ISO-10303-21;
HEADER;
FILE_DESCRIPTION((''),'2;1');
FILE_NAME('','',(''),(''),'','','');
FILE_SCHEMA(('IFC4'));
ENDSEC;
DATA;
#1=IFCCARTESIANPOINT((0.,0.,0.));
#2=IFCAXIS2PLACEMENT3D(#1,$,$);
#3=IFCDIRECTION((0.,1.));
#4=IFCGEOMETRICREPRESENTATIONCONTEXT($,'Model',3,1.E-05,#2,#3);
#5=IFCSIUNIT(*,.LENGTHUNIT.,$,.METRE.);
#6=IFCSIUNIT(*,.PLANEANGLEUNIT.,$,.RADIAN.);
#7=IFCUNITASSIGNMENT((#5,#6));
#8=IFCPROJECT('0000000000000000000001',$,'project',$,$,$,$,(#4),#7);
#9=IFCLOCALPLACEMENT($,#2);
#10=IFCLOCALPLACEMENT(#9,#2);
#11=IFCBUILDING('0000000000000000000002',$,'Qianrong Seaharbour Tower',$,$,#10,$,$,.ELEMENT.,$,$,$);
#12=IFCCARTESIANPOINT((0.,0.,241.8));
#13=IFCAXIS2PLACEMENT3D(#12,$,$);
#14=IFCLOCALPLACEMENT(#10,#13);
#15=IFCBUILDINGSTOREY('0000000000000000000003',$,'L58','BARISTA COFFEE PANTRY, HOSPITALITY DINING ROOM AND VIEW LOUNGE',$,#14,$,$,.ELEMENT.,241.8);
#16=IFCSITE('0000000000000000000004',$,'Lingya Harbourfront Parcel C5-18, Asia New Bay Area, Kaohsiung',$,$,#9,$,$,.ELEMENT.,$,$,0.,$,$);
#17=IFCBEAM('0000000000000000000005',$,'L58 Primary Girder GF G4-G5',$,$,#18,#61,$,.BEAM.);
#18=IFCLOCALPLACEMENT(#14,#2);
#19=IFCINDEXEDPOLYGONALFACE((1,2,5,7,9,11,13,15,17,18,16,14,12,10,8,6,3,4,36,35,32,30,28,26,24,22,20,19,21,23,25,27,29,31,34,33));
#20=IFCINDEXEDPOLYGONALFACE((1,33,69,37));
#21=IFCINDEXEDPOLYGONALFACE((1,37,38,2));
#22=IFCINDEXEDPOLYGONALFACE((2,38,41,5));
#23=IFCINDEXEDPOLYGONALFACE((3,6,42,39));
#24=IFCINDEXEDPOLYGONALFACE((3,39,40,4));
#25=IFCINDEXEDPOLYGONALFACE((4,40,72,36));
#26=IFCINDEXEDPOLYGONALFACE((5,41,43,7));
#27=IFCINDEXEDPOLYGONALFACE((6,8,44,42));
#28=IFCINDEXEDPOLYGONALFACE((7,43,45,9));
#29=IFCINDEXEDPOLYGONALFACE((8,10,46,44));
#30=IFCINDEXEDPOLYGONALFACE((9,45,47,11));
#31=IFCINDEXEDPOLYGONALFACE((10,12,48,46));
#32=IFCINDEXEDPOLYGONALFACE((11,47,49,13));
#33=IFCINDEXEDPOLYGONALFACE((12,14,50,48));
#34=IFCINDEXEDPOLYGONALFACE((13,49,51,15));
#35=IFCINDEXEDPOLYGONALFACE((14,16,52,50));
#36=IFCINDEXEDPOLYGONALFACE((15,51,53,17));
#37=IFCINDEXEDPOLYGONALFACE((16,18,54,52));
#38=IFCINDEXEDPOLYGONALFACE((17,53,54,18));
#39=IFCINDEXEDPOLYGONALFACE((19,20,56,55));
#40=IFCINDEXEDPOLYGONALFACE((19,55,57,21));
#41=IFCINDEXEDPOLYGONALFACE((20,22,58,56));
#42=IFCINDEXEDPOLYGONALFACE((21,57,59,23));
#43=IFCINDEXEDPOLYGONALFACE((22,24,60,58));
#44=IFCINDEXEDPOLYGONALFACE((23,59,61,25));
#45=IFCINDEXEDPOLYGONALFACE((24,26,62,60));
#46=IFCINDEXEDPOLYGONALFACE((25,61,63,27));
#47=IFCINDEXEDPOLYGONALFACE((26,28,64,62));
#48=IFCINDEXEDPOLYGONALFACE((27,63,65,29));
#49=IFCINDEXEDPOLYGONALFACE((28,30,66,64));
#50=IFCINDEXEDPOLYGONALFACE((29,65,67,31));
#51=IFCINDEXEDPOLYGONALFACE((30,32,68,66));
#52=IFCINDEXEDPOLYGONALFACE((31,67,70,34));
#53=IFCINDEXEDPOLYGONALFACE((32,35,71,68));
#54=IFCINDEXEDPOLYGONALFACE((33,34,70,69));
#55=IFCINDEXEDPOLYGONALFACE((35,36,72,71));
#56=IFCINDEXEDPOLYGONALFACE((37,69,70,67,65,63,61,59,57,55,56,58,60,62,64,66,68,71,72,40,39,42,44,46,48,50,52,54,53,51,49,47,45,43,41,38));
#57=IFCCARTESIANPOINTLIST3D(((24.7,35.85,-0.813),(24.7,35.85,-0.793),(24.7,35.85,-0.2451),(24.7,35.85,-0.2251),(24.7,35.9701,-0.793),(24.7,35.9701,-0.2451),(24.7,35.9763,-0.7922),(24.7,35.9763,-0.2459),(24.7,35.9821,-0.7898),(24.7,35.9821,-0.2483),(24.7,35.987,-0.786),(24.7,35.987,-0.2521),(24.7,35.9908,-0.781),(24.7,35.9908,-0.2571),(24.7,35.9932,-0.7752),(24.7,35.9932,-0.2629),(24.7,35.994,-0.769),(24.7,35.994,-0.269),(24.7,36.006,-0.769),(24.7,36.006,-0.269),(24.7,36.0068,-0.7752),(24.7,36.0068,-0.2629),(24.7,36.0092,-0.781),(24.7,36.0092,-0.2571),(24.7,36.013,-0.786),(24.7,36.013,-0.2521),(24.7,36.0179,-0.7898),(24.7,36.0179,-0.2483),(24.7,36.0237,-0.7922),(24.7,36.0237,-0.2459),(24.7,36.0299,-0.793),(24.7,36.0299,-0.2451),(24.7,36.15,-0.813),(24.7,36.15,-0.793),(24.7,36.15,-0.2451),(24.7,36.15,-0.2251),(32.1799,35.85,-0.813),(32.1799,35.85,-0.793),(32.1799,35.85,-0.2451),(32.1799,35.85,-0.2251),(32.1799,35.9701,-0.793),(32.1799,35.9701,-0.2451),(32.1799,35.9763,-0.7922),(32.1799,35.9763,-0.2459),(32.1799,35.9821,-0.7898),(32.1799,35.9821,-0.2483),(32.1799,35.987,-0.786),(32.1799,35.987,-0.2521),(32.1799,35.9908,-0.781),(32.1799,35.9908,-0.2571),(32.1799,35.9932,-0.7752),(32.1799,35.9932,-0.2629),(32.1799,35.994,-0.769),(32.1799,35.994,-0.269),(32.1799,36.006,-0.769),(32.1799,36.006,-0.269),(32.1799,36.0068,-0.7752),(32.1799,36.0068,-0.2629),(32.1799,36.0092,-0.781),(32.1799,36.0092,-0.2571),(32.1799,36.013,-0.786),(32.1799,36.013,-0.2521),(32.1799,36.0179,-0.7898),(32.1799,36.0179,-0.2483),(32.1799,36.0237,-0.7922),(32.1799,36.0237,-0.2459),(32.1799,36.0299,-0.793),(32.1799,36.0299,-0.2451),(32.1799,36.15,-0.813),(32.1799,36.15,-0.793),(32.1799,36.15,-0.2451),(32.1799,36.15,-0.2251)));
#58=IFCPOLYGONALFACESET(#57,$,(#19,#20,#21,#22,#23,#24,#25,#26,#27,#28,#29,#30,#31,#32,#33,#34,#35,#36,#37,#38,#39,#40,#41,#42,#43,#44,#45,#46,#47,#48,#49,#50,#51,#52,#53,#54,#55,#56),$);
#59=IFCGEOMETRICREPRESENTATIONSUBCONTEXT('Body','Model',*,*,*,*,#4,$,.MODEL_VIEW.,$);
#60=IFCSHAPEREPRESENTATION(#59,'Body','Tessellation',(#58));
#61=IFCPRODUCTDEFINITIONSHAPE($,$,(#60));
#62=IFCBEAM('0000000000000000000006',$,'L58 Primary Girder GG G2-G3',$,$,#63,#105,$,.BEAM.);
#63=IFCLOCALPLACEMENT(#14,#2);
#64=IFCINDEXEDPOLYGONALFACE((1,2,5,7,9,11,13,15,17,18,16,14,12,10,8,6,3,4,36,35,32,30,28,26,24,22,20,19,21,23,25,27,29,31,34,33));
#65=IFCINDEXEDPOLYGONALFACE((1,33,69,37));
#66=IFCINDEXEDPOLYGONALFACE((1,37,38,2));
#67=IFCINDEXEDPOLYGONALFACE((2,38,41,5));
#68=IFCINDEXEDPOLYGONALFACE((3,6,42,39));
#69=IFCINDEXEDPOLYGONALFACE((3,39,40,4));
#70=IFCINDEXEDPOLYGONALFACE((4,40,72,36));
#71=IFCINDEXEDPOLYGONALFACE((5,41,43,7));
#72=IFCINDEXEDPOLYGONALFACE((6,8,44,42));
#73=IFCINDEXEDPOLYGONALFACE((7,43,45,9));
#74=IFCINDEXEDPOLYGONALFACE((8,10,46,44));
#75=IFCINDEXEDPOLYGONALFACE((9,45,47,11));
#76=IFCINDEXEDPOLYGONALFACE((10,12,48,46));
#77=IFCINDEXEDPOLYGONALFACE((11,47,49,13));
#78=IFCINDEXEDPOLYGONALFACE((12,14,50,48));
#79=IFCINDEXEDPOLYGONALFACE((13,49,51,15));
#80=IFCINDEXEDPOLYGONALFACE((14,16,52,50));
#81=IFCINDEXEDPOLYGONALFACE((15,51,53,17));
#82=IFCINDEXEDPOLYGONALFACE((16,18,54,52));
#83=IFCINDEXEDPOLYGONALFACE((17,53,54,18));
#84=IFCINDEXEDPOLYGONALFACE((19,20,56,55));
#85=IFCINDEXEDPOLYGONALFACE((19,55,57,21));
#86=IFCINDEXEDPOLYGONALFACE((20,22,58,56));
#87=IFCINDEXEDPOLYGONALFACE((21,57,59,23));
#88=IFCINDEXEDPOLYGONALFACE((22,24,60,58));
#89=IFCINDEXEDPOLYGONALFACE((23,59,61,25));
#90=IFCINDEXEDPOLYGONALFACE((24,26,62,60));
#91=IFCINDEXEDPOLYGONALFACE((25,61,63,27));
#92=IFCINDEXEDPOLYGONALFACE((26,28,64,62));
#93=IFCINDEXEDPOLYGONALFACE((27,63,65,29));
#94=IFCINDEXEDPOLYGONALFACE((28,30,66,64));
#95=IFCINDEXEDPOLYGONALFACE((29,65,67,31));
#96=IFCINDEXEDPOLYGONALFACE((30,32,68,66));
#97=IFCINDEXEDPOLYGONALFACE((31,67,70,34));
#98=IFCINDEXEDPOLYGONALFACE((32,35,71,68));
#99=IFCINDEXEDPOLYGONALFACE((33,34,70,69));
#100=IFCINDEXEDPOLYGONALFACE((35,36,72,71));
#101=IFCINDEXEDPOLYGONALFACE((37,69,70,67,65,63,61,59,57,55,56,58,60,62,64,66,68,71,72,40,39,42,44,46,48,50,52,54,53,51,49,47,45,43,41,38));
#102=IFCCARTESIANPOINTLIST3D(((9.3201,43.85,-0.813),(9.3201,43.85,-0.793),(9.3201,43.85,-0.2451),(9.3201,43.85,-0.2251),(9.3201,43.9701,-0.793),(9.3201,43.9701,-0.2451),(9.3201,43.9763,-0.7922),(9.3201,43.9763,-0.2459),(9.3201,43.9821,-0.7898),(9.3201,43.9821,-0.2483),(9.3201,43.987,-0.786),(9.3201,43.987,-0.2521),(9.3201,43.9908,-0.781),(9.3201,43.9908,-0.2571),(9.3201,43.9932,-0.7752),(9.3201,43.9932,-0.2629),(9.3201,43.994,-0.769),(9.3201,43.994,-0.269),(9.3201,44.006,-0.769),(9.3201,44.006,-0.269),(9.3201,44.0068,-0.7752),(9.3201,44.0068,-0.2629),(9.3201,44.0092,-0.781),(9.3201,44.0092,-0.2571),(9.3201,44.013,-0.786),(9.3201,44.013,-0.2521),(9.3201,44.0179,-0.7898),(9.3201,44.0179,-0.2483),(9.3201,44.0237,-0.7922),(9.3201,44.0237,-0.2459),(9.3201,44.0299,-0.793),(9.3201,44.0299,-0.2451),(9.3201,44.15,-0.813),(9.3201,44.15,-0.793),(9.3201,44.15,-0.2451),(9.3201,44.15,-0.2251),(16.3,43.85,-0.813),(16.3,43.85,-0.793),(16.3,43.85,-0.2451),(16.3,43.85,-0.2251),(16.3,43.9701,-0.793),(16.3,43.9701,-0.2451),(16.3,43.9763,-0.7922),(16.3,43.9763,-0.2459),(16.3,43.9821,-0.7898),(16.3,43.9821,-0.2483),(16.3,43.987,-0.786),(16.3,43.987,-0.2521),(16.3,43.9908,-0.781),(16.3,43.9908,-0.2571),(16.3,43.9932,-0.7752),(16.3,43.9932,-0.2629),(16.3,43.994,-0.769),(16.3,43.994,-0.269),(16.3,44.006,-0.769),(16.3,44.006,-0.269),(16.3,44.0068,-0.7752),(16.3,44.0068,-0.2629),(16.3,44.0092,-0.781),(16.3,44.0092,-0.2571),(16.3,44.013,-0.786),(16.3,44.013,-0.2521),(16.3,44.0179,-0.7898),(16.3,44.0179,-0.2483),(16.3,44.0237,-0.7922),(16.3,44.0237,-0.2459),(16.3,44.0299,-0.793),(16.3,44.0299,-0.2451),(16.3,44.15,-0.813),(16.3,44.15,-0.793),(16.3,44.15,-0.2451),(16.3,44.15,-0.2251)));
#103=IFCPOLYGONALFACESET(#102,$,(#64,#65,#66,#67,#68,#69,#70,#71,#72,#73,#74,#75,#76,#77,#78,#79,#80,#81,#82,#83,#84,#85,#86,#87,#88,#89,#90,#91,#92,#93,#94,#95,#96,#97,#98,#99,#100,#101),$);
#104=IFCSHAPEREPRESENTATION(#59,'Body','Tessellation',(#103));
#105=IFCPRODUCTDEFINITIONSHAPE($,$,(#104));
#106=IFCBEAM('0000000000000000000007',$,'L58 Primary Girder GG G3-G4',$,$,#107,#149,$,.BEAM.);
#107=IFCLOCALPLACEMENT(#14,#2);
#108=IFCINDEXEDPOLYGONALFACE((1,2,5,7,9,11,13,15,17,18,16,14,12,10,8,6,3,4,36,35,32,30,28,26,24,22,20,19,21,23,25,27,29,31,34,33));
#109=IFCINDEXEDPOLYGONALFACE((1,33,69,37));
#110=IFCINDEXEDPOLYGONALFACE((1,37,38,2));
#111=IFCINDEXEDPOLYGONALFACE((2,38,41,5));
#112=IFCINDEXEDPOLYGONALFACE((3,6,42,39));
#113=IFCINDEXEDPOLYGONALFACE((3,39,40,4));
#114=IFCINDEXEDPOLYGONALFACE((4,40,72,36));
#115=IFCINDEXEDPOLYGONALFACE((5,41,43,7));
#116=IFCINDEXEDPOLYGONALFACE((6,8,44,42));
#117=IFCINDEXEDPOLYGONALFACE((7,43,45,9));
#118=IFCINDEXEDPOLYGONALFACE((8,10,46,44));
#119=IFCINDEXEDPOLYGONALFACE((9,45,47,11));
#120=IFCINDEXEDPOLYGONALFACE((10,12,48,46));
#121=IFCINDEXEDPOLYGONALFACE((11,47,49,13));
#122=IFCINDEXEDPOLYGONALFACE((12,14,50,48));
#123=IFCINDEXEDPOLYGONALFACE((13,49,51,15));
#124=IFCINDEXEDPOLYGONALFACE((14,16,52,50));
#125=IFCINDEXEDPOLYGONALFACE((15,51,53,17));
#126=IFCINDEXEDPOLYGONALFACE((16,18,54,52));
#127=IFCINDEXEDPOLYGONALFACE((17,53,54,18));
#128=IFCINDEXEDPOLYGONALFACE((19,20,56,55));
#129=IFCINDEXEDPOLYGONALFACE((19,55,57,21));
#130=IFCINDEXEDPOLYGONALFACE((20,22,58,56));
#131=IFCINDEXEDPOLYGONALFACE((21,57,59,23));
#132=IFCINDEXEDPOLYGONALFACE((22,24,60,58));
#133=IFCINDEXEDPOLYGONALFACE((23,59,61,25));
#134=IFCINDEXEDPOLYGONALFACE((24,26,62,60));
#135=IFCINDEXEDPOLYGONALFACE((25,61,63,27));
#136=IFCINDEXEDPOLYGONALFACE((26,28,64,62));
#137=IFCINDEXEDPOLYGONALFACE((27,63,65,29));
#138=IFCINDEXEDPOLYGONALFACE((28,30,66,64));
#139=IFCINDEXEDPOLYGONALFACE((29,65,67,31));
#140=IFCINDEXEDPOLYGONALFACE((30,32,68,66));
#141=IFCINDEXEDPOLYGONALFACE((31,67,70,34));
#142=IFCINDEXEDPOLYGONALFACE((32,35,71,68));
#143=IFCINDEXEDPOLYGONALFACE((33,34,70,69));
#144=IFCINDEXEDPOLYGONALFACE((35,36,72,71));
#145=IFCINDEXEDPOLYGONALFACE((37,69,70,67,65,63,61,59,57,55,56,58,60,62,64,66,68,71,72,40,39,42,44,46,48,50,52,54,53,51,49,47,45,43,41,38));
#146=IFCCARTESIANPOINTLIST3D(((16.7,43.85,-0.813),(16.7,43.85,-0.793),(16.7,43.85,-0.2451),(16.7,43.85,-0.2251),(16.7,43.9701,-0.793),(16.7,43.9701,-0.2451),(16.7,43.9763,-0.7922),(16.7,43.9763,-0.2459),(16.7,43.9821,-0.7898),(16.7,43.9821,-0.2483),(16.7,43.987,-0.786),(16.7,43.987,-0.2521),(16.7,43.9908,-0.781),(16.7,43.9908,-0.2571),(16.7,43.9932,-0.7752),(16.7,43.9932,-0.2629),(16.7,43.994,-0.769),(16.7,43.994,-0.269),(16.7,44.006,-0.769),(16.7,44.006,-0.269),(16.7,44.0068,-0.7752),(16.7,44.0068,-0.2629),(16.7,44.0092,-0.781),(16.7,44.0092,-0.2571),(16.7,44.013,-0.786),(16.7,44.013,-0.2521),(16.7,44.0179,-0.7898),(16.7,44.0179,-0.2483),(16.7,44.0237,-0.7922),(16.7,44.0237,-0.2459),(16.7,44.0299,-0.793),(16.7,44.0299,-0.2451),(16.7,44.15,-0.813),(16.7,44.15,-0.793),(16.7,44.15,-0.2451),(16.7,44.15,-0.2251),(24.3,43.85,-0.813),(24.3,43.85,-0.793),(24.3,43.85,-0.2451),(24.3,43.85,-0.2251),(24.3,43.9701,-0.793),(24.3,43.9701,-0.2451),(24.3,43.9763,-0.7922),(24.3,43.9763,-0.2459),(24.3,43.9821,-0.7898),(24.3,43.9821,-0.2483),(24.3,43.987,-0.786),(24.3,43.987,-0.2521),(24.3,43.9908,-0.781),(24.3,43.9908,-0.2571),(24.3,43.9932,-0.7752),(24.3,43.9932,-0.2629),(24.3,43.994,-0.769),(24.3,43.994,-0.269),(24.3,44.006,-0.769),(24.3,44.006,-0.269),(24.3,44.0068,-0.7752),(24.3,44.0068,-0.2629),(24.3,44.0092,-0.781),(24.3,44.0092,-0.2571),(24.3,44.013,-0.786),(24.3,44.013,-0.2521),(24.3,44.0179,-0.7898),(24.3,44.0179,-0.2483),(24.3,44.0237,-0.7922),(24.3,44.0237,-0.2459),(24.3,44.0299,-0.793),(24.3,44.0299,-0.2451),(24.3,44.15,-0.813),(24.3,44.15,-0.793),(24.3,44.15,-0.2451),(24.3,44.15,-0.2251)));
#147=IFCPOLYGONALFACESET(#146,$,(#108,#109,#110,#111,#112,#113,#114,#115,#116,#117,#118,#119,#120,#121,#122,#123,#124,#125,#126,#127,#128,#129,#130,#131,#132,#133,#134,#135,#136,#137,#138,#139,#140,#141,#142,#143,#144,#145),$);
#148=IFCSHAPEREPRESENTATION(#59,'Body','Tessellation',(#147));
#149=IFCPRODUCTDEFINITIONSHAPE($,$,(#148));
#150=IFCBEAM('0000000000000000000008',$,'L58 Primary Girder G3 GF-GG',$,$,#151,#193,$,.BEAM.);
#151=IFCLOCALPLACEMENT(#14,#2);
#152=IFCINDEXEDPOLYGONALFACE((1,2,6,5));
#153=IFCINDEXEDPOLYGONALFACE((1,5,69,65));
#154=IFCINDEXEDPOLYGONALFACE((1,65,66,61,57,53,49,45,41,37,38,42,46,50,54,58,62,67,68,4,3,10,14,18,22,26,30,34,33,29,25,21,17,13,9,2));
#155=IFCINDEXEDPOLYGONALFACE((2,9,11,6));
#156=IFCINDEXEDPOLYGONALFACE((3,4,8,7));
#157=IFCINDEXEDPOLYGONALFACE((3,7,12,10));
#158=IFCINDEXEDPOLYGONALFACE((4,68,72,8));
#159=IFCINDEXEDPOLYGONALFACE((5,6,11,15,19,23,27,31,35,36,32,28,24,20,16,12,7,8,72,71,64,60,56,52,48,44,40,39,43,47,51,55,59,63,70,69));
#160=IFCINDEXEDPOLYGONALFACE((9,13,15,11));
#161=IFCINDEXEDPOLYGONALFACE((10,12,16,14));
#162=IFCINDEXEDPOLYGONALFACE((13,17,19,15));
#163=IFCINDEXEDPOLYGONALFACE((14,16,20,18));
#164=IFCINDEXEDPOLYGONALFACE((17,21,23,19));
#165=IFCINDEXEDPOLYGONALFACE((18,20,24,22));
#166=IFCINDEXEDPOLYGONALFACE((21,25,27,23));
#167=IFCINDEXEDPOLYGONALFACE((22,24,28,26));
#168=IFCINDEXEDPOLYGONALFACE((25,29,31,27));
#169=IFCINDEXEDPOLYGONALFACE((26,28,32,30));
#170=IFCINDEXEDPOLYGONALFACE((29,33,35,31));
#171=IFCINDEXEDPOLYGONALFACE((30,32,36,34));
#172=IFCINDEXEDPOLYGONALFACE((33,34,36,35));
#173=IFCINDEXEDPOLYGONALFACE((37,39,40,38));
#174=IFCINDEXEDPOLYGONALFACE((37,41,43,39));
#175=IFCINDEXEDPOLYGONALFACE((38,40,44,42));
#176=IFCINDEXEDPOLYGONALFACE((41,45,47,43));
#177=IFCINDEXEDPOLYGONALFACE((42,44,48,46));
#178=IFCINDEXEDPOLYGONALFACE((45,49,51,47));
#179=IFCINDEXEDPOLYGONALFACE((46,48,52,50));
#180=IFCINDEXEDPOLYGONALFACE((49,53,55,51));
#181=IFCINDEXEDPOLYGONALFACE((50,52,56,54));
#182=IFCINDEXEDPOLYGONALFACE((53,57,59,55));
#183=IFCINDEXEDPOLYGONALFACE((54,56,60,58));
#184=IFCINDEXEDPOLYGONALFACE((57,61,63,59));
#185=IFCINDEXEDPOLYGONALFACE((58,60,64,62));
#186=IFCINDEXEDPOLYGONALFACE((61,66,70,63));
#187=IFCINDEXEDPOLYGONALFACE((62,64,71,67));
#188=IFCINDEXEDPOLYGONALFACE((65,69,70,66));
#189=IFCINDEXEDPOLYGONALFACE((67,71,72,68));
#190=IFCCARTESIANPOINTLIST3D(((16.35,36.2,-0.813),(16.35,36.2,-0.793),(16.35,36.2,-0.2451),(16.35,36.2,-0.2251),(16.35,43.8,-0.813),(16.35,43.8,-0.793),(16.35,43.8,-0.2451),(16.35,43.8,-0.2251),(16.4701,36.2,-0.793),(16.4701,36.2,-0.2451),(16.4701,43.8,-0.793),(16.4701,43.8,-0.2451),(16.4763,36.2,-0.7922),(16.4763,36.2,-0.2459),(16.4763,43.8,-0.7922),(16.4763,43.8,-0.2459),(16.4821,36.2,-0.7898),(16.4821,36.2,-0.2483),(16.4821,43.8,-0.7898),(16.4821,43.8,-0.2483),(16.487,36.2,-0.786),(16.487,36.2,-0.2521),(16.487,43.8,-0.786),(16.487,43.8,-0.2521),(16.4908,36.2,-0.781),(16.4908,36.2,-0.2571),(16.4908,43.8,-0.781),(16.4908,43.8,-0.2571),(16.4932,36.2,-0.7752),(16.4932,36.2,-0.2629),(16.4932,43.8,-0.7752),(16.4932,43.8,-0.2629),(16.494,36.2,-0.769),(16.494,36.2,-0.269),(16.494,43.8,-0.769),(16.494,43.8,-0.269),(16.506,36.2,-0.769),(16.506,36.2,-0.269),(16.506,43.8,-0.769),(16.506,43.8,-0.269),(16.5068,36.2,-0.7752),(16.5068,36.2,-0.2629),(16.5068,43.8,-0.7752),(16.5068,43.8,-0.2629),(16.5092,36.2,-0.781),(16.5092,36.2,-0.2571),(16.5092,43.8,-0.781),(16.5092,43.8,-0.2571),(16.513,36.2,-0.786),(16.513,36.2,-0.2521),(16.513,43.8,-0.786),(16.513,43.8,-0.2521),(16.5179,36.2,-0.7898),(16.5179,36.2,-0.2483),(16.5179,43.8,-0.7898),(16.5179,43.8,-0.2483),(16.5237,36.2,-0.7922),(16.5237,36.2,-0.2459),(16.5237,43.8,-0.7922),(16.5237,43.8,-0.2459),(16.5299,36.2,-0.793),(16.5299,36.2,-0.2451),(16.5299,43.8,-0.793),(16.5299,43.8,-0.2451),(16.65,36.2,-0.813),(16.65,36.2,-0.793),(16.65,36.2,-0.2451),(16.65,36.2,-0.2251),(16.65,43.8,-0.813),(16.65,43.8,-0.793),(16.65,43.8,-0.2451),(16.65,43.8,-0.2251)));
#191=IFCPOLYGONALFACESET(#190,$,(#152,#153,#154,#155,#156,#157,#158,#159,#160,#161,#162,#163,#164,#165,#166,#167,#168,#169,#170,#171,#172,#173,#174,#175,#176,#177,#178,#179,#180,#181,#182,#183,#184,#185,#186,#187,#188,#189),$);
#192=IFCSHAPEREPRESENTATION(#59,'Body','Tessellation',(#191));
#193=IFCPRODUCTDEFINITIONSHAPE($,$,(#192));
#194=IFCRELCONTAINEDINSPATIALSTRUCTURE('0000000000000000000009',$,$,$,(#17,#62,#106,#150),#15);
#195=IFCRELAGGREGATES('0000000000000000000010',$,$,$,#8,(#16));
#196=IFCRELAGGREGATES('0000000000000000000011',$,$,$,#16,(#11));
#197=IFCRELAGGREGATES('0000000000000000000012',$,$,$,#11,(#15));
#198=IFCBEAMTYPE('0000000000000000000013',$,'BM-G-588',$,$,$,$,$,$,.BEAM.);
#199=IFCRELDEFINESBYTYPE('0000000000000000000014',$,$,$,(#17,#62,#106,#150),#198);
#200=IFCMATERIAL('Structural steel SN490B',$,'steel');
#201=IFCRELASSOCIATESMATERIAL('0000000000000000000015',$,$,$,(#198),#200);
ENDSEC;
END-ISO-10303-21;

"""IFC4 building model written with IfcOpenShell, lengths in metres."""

from ifc_helpers import new_model, si_unit, direction, frame, origin, origin_2d, place, context, subcontext, project, spatial, i_section, extrude, material, material_profile, profile_set, type_object, element, save


model = new_model("IFC4")

# Units and contexts
model_context = context("Model", 3, precision=1e-05, world=origin(), true_north=direction((0.0, 1.0)))
body_context = subcontext(model_context, "Body", "Model", "MODEL_VIEW")
ifc_project = project(units=[si_unit("LENGTHUNIT", "METRE"), si_unit("PLANEANGLEUNIT", "RADIAN")], contexts=[model_context])

# Site, building, storey
site_placement = place(None, origin())
site = spatial("IfcSite", under=ifc_project, at=site_placement, Name="Lingya Harbourfront Parcel C5-18, Asia New Bay Area, Kaohsiung", CompositionType="ELEMENT", RefElevation=0.0)
building_placement = place(site_placement, origin())
building = spatial("IfcBuilding", under=site, at=building_placement, Name="Qianrong Seaharbour Tower", CompositionType="ELEMENT")
storey_placement = place(building_placement, frame((0.0, 0.0, 241.8)))
storey = spatial("IfcBuildingStorey", under=building, at=storey_placement, Name="L58", Description="BARISTA COFFEE PANTRY, HOSPITALITY DINING ROOM AND VIEW LOUNGE", CompositionType="ELEMENT", Elevation=241.8)

# Shared definitions
ifc_material_1 = material(Name="Structural steel SN490B", Category="steel")

# Beams
ifc_material_profile_1 = material_profile(ifc_material_1, i_section(OverallWidth=0.3, OverallDepth=0.5879, WebThickness=0.012, FlangeThickness=0.02, FilletRadius=0.0239, at=origin_2d()), Name="H588x300x12x20")
ifc_profile_set_1 = profile_set([ifc_material_profile_1], Name="Structural steel SN490B")
beam_type_1 = type_object("IfcBeamType", Name="BM-G-588", PredefinedType="BEAM", material=ifc_profile_set_1)
beam_1_placement = place(storey_placement, frame((24.7, 36.0, -0.519), z_axis=(1.0, 0.0, 0.0), x_axis=(0.0, 1.0, 0.0)))
element("IfcBeam", 1, at=beam_1_placement, inside=storey, type_object=beam_type_1, Name="L58 Primary Girder GF G4-G5", PredefinedType="BEAM", context=body_context, shape_type="SweptSolid", body=[
    extrude(i_section(OverallWidth=0.3, OverallDepth=0.5879, WebThickness=0.012, FlangeThickness=0.02, FilletRadius=0.0239, at=origin_2d()), origin(), (0.0, 0.0, 1.0), 7.48),
])
beam_2_placement = place(storey_placement, frame((9.3201, 44.0, -0.519), z_axis=(1.0, 0.0, 0.0), x_axis=(0.0, 1.0, 0.0)))
element("IfcBeam", 2, at=beam_2_placement, inside=storey, type_object=beam_type_1, Name="L58 Primary Girder GG G2-G3", PredefinedType="BEAM", context=body_context, shape_type="SweptSolid", body=[
    extrude(i_section(OverallWidth=0.3, OverallDepth=0.5879, WebThickness=0.012, FlangeThickness=0.02, FilletRadius=0.0239, at=origin_2d()), origin(), (0.0, 0.0, 1.0), 6.98),
])
for number, where, z_axis, x_axis, name in (
    (3, (16.7, 44.0, -0.519), (1.0, 0.0, 0.0), (0.0, 1.0, 0.0), "L58 Primary Girder GG G3-G4"),
    (4, (16.5, 36.2, -0.519), (0.0, 1.0, 0.0), (-1.0, 0.0, 0.0), "L58 Primary Girder G3 GF-GG"),
):
    element("IfcBeam", number, at=place(storey_placement, frame(where, z_axis=z_axis, x_axis=x_axis)), inside=storey, type_object=beam_type_1, Name=name, PredefinedType="BEAM", context=body_context, shape_type="SweptSolid", body=[
        extrude(i_section(OverallWidth=0.3, OverallDepth=0.5879, WebThickness=0.012, FlangeThickness=0.02, FilletRadius=0.0239, at=origin_2d()), origin(), (0.0, 0.0, 1.0), 7.6001),
    ])

save(model, "model.ifc")
